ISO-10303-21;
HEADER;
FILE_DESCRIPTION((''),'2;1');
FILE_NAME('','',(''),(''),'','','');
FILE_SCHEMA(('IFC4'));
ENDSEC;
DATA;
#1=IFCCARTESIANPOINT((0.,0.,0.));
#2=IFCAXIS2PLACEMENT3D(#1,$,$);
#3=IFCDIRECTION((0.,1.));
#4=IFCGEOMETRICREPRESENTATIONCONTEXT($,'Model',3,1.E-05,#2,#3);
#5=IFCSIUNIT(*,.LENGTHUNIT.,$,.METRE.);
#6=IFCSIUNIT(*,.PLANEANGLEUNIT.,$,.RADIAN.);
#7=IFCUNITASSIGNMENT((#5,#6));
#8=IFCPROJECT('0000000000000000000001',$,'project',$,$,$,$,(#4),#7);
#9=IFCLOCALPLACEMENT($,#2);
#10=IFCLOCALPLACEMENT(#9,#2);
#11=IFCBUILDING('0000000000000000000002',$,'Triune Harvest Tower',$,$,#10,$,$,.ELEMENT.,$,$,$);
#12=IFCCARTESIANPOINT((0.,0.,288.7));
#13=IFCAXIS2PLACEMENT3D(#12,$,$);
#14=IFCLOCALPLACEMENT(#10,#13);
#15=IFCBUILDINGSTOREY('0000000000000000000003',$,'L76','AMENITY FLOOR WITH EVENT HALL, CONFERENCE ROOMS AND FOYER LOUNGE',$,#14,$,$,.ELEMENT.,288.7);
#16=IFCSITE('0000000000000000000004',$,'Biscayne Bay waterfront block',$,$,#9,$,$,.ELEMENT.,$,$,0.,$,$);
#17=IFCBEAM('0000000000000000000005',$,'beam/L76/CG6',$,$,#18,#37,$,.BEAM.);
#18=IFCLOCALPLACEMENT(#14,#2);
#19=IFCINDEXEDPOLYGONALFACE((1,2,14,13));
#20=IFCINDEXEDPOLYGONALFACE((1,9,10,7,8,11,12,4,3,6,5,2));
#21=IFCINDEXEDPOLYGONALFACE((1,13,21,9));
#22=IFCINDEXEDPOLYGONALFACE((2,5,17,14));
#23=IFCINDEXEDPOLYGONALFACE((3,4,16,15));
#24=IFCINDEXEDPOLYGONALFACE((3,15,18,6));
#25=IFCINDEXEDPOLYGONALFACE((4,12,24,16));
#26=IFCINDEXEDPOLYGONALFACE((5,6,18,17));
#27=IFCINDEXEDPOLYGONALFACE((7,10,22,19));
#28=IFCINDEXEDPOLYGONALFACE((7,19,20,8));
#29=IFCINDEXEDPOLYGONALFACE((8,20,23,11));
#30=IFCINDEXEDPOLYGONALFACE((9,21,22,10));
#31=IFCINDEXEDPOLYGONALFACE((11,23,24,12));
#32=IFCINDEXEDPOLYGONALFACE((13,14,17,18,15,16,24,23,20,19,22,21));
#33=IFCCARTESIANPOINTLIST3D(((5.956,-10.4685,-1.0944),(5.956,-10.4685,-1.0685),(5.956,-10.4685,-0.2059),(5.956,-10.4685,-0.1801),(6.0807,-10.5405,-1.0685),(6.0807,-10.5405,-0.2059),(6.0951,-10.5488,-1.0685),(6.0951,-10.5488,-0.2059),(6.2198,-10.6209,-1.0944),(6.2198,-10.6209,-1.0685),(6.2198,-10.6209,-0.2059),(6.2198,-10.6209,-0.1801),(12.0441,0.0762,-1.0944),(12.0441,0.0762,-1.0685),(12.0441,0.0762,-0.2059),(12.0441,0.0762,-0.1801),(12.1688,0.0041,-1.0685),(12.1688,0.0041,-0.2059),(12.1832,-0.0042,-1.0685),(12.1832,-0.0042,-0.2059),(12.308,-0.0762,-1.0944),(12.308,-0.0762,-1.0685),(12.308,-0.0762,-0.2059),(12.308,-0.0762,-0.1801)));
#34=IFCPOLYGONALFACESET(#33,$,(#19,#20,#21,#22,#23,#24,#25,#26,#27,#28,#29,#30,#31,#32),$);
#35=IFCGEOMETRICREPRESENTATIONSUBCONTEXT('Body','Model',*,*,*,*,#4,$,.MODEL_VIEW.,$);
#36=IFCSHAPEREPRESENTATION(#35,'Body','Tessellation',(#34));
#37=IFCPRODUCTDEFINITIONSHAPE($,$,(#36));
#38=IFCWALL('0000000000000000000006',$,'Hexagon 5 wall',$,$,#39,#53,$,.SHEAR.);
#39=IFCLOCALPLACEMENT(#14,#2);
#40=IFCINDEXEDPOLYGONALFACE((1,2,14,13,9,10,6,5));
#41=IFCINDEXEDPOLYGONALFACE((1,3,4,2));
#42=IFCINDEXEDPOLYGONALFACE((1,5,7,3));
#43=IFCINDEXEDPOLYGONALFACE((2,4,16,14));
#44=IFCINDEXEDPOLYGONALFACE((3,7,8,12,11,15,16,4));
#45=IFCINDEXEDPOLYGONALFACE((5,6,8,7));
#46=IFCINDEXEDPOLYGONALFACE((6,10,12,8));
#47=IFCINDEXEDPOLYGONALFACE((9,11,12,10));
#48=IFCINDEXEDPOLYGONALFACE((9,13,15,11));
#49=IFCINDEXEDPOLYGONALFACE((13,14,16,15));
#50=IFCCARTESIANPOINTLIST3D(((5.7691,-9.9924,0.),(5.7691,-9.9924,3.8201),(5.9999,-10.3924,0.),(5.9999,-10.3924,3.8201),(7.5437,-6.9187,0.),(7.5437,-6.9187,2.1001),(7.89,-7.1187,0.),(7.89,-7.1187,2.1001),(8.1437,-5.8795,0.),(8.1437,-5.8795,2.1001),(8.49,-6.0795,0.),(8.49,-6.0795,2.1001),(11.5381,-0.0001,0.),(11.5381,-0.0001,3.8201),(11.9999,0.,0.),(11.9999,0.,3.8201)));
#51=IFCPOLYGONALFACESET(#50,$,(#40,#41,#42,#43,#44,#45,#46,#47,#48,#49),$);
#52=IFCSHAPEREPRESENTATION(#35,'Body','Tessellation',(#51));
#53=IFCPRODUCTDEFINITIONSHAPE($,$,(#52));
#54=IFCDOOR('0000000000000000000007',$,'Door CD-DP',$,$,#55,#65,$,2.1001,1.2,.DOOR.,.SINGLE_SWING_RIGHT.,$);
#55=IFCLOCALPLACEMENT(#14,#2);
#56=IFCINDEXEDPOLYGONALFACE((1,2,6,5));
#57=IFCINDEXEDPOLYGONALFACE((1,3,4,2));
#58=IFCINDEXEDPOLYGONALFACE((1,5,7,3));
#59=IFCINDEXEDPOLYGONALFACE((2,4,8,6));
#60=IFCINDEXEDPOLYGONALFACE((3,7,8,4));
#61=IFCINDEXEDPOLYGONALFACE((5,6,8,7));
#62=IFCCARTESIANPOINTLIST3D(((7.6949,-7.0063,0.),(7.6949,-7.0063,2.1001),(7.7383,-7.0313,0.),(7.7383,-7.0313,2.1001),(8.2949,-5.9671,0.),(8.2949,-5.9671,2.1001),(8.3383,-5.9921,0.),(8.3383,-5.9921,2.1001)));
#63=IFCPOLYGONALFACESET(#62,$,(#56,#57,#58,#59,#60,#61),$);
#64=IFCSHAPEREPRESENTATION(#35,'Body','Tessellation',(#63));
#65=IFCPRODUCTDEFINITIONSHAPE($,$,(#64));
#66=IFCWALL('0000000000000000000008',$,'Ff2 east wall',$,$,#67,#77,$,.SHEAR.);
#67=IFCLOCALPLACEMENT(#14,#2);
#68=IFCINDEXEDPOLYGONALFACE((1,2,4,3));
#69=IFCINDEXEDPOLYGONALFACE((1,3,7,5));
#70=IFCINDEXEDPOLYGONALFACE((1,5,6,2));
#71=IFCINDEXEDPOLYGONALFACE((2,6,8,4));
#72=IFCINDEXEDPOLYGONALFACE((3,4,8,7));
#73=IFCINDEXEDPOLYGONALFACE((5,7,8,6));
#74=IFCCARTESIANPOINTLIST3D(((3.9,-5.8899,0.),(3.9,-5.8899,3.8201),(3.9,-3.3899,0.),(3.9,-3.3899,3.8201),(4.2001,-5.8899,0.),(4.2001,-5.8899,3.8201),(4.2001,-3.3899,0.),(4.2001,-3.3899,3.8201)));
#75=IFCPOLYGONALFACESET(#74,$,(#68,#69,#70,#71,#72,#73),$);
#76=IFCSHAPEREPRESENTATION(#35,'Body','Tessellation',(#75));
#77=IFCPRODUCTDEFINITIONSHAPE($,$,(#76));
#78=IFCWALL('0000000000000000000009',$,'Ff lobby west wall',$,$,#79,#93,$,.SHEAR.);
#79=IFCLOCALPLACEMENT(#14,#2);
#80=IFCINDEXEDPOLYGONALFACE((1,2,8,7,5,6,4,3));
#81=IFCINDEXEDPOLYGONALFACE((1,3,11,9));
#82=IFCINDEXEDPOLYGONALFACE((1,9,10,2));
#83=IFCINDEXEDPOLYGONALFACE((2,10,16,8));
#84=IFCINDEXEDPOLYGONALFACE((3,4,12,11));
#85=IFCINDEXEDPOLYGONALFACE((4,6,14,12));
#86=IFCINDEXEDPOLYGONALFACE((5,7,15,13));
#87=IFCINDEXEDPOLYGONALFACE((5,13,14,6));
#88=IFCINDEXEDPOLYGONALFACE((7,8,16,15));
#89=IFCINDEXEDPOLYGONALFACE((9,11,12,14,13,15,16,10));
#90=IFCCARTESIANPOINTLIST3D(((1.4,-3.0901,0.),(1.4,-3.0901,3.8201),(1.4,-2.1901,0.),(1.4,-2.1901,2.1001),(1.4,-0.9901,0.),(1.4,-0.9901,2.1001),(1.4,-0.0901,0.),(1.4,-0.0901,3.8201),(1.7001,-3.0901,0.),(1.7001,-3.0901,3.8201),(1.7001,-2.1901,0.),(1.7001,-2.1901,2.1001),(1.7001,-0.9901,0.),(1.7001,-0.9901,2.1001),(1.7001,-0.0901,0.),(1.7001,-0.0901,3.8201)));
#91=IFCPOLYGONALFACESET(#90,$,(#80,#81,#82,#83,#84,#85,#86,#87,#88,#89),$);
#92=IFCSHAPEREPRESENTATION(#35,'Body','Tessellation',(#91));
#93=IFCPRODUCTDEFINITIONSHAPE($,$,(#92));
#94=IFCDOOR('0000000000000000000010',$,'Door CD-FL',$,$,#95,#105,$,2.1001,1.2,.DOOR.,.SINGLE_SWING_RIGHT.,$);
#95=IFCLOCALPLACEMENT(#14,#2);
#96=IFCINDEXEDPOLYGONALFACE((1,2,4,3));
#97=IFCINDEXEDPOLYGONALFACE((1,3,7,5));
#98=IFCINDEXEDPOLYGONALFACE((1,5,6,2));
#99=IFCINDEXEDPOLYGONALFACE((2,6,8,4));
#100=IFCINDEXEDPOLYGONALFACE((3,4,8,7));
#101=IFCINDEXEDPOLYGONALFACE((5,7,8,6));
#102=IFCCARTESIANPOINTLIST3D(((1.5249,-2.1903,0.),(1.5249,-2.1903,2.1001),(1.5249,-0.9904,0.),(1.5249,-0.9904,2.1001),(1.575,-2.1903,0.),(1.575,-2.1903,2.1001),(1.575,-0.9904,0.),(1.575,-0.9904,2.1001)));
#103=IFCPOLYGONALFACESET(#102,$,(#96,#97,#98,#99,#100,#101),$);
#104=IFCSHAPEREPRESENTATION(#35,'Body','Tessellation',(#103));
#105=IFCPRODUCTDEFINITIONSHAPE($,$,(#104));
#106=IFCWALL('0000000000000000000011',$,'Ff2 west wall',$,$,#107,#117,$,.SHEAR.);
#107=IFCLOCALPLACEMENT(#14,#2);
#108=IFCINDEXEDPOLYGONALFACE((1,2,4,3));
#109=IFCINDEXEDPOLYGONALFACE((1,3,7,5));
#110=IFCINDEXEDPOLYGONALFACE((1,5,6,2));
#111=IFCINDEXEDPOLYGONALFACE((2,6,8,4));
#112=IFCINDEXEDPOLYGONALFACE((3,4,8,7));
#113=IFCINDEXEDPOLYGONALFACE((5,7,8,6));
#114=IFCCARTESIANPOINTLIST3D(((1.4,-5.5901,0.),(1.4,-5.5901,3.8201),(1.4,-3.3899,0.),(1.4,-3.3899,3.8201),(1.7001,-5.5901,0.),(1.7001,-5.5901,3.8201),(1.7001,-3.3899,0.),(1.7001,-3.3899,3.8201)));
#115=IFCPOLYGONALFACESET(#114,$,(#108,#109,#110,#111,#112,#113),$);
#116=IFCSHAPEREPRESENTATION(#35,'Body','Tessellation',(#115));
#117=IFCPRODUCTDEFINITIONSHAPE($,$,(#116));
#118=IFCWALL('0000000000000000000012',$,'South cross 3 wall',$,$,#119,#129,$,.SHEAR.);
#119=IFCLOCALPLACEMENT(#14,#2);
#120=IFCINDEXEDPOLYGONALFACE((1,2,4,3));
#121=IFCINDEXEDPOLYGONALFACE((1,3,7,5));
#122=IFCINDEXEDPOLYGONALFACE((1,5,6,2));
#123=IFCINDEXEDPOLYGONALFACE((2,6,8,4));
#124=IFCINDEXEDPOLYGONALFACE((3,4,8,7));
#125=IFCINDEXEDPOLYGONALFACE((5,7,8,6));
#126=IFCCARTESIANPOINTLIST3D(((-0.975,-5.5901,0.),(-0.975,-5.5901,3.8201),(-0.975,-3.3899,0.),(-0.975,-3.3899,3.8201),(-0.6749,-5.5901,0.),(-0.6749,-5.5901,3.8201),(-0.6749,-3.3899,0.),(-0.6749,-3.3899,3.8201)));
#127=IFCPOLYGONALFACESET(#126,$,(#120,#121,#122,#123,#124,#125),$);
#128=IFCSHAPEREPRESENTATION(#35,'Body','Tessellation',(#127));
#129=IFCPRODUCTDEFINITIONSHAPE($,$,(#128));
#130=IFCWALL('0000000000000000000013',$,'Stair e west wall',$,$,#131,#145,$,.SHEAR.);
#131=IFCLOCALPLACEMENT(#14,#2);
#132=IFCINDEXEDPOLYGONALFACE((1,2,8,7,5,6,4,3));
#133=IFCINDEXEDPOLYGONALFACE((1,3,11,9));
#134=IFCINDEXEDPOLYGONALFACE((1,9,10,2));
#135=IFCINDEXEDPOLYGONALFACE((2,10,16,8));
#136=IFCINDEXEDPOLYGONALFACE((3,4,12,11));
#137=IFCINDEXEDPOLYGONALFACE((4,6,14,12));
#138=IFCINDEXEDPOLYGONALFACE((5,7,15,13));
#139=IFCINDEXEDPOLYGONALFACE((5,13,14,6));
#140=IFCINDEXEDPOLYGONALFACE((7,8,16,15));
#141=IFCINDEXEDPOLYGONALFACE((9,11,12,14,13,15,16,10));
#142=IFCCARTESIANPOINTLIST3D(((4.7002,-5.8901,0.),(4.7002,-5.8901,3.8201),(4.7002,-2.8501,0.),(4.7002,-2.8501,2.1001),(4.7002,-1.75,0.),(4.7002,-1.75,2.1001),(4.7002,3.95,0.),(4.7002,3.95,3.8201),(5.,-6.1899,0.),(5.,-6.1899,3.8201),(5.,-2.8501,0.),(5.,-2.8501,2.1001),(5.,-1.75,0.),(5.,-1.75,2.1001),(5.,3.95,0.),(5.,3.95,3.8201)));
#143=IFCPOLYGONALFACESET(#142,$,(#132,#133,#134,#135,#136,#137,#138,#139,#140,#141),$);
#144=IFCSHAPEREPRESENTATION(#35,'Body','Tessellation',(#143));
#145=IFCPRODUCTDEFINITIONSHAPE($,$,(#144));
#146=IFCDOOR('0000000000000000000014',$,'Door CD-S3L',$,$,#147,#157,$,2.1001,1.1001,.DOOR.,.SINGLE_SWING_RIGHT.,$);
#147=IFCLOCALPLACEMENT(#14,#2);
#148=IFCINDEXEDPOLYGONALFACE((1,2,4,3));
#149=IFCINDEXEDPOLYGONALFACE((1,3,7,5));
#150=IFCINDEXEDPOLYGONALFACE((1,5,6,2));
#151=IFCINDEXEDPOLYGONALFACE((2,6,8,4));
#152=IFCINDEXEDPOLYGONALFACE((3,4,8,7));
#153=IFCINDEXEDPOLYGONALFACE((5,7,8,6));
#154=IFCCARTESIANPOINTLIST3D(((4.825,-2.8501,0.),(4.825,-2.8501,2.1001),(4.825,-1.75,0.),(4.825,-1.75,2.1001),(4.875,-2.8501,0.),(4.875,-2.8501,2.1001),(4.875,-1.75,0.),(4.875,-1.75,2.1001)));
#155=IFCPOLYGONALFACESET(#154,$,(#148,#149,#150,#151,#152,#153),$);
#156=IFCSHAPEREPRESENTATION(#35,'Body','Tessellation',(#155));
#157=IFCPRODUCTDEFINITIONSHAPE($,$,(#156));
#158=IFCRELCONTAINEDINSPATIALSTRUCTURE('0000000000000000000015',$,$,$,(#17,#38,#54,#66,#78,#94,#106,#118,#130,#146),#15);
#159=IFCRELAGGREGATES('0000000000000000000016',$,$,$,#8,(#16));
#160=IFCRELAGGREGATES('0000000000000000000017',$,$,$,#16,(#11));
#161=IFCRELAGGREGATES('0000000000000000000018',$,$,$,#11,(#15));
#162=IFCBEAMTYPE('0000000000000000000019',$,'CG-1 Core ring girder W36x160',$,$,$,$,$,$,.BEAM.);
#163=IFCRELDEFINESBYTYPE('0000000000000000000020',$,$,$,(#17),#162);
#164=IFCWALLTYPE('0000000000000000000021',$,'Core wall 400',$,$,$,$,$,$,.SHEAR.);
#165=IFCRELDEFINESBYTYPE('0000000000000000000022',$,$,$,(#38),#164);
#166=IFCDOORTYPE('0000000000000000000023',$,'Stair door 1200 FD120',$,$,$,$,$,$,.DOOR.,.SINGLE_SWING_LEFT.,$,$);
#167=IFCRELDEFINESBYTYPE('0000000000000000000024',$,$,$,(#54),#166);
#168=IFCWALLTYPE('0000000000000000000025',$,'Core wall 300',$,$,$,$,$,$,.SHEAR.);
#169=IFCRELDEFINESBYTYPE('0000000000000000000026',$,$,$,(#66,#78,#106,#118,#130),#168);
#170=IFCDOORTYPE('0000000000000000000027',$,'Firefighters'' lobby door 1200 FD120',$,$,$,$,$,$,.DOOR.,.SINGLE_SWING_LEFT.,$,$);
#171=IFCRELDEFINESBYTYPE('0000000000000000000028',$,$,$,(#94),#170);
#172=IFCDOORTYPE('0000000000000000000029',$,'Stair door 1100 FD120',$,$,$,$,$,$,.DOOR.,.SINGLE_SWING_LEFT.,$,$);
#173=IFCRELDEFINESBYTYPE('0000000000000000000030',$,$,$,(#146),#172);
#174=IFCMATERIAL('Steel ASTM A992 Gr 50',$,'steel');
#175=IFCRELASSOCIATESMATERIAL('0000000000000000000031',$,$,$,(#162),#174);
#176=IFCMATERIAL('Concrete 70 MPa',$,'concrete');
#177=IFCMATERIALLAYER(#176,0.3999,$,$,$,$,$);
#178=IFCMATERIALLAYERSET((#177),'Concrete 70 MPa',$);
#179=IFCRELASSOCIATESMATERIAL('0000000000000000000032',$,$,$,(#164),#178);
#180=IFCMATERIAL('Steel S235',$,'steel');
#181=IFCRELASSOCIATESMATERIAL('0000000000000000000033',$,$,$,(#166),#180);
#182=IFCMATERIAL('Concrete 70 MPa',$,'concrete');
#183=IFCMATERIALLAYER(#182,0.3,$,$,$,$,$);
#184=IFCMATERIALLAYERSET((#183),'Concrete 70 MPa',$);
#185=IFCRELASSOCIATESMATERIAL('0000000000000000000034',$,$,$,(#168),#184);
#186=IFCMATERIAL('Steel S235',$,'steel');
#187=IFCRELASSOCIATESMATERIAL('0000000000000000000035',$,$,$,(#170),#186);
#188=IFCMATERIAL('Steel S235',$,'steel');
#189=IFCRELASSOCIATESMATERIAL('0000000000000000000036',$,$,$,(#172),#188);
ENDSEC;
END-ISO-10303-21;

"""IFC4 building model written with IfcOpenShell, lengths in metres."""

from ifc_helpers import new_model, si_unit, direction, frame, frame_2d, origin, origin_2d, place, context, subcontext, project, spatial, polyline, rectangle, i_section, outline, extrude, source, transform, mapped, material, layer, layer_set, material_profile, profile_set, type_object, element, fill, save


model = new_model("IFC4")

# Units and contexts
model_context = context("Model", 3, precision=1e-05, world=origin(), true_north=direction((0.0, 1.0)))
body_context = subcontext(model_context, "Body", "Model", "MODEL_VIEW")
ifc_project = project(units=[si_unit("LENGTHUNIT", "METRE"), si_unit("PLANEANGLEUNIT", "RADIAN")], contexts=[model_context])

# Site, building, storey
site_placement = place(None, origin())
site = spatial("IfcSite", under=ifc_project, at=site_placement, Name="Biscayne Bay waterfront block", CompositionType="ELEMENT", RefElevation=0.0)
building_placement = place(site_placement, origin())
building = spatial("IfcBuilding", under=site, at=building_placement, Name="Triune Harvest Tower", CompositionType="ELEMENT")
storey_placement = place(building_placement, frame((0.0, 0.0, 288.7)))
storey = spatial("IfcBuildingStorey", under=building, at=storey_placement, Name="L76", Description="AMENITY FLOOR WITH EVENT HALL, CONFERENCE ROOMS AND FOYER LOUNGE", CompositionType="ELEMENT", Elevation=288.7)

# Beam
ifc_material_1 = material(Name="Steel ASTM A992 Gr 50", Category="steel")
ifc_material_profile = material_profile(ifc_material_1, i_section(OverallWidth=0.3047, OverallDepth=0.9143, WebThickness=0.0166, FlangeThickness=0.0259, at=origin_2d()), Name="W36x160")
ifc_profile_set = profile_set([ifc_material_profile], Name="Steel ASTM A992 Gr 50")
beam_type = type_object("IfcBeamType", Name="CG-1 Core ring girder W36x160", PredefinedType="BEAM", material=ifc_profile_set)
shared_shape_1 = source(origin(), body_context, "Body", "SweptSolid", [
    extrude(i_section(OverallWidth=0.3047, OverallDepth=0.9143, WebThickness=0.0166, FlangeThickness=0.0259, at=origin_2d()), origin(), (0.0, 0.0, 1.0), 12.176),
])
beam_placement = place(storey_placement, frame((6.0879, -10.5447, -0.6372), z_axis=(0.50001, 0.86602, 0.0), x_axis=(-0.86602, 0.50001, 0.0)))
element("IfcBeam", 1, at=beam_placement, inside=storey, type_object=beam_type, Name="beam/L76/CG6", PredefinedType="BEAM", context=body_context, shape_type="MappedRepresentation", body=[
    mapped(shared_shape_1, transform((0.0, 0.0, 0.0), scale=1.0)),
])

# Wall, opening, door
ifc_material_2 = material(Name="Concrete 70 MPa", Category="concrete")
ifc_layer_1 = layer(ifc_material_2, 0.3999)
ifc_layer_set_1 = layer_set([ifc_layer_1], Name="Concrete 70 MPa")
wall_type_1 = type_object("IfcWallType", Name="Core wall 400", PredefinedType="SHEAR", material=ifc_layer_set_1)
shared_shape_2 = source(origin(), body_context, "Body", "SweptSolid", [
    extrude(outline(polyline([(-0.1155, -0.2), (11.8845, -0.2), (11.6536, 0.2), (0.1155, 0.2), (-0.1155, -0.2)])), origin(), (0.0, 0.0, 1.0), 3.8201),
])
wall_1_placement = place(storey_placement, frame((5.8845, -10.1924, 0.0), z_axis=(0.0, 0.0, 1.0), x_axis=(0.499997, 0.866027, 0.0)))
wall_1 = element("IfcWall", 2, at=wall_1_placement, inside=storey, type_object=wall_type_1, Name="Hexagon 5 wall", PredefinedType="SHEAR", context=body_context, shape_type="MappedRepresentation", body=[
    mapped(shared_shape_2, transform((0.0, 0.0, 0.0), scale=1.0)),
])
opening_1_placement = place(wall_1_placement, frame((3.6646, 0.0, 0.0)))
opening_1 = element("IfcOpeningElement", 3, at=opening_1_placement, cuts=wall_1, PredefinedType="OPENING", context=body_context, shape_type="SweptSolid", body=[
    extrude(rectangle(XDim=1.2, YDim=2.1001, at=frame_2d((0.6001, 1.05))), frame((0.0, 0.21, 0.0), z_axis=(0.0, -1.0, 0.0), x_axis=(1.0, 0.0, 0.0)), (0.0, 0.0, 1.0), 0.4199),
])
ifc_material_3 = material(Name="Steel S235", Category="steel")
door_type_1 = type_object("IfcDoorType", Name="Stair door 1200 FD120", OperationType="SINGLE_SWING_LEFT", PredefinedType="DOOR", material=ifc_material_3)
door_1_placement = place(opening_1_placement, frame((1.2, 0.0, 0.0), z_axis=(0.0, 0.0, 1.0), x_axis=(-1.0, 0.0, 0.0)))
door_1 = element("IfcDoor", 4, at=door_1_placement, inside=storey, type_object=door_type_1, Name="Door CD-DP", OperationType="SINGLE_SWING_RIGHT", OverallHeight=2.1001, OverallWidth=1.2, PredefinedType="DOOR", context=body_context, shape_type="SweptSolid", body=[
    extrude(rectangle(XDim=1.2, YDim=2.1001, at=frame_2d((0.6001, 1.05))), frame((0.0, 0.0249, 0.0), z_axis=(0.0, -1.0, 0.0), x_axis=(1.0, 0.0, 0.0)), (0.0, 0.0, 1.0), 0.05),
])
fill(opening_1, door_1)

# Wall
ifc_material_4 = material(Name="Concrete 70 MPa", Category="concrete")
ifc_layer_2 = layer(ifc_material_4, 0.3)
ifc_layer_set_2 = layer_set([ifc_layer_2], Name="Concrete 70 MPa")
wall_type_2 = type_object("IfcWallType", Name="Core wall 300", PredefinedType="SHEAR", material=ifc_layer_set_2)
shared_shape_3 = source(origin(), body_context, "Body", "SweptSolid", [
    extrude(rectangle(XDim=2.5, YDim=0.3, at=frame_2d((1.25, 0.0))), origin(), (0.0, 0.0, 1.0), 3.8201),
])
wall_2_placement = place(storey_placement, frame((4.05, -5.8899, 0.0), z_axis=(0.0, 0.0, 1.0), x_axis=(0.0, 1.0, 0.0)))
element("IfcWall", 5, at=wall_2_placement, inside=storey, type_object=wall_type_2, Name="Ff2 east wall", PredefinedType="SHEAR", context=body_context, shape_type="MappedRepresentation", body=[
    mapped(shared_shape_3, transform((0.0, 0.0, 0.0), scale=1.0)),
])

# Wall, opening, door
shared_shape_4 = source(origin(), body_context, "Body", "SweptSolid", [
    extrude(rectangle(XDim=3.0, YDim=0.3, at=frame_2d((1.5, 0.0))), origin(), (0.0, 0.0, 1.0), 3.8201),
])
wall_3_placement = place(storey_placement, frame((1.55, -3.0901, 0.0), z_axis=(0.0, 0.0, 1.0), x_axis=(0.0, 1.0, 0.0)))
wall_3 = element("IfcWall", 6, at=wall_3_placement, inside=storey, type_object=wall_type_2, Name="Ff lobby west wall", PredefinedType="SHEAR", context=body_context, shape_type="MappedRepresentation", body=[
    mapped(shared_shape_4, transform((0.0, 0.0, 0.0), scale=1.0)),
])
opening_2_placement = place(wall_3_placement, frame((0.8999, 0.0, 0.0)))
opening_2 = element("IfcOpeningElement", 7, at=opening_2_placement, cuts=wall_3, PredefinedType="OPENING", context=body_context, shape_type="SweptSolid", body=[
    extrude(rectangle(XDim=1.2, YDim=2.1001, at=frame_2d((0.6001, 1.05))), frame((0.0, 0.1602, 0.0), z_axis=(0.0, -1.0, 0.0), x_axis=(1.0, 0.0, 0.0)), (0.0, 0.0, 1.0), 0.3201),
])
ifc_material_5 = material(Name="Steel S235", Category="steel")
door_type_2 = type_object("IfcDoorType", Name="Firefighters' lobby door 1200 FD120", OperationType="SINGLE_SWING_LEFT", PredefinedType="DOOR", material=ifc_material_5)
door_2_placement = place(opening_2_placement, frame((1.2, 0.0, 0.0), z_axis=(0.0, 0.0, 1.0), x_axis=(-1.0, 0.0, 0.0)))
door_2 = element("IfcDoor", 8, at=door_2_placement, inside=storey, type_object=door_type_2, Name="Door CD-FL", OperationType="SINGLE_SWING_RIGHT", OverallHeight=2.1001, OverallWidth=1.2, PredefinedType="DOOR", context=body_context, shape_type="SweptSolid", body=[
    extrude(rectangle(XDim=1.2, YDim=2.1001, at=frame_2d((0.6001, 1.05))), frame((0.0, 0.0249, 0.0), z_axis=(0.0, -1.0, 0.0), x_axis=(1.0, 0.0, 0.0)), (0.0, 0.0, 1.0), 0.05),
])
fill(opening_2, door_2)

# Walls
shared_shape_5 = source(origin(), body_context, "Body", "SweptSolid", [
    extrude(rectangle(XDim=2.2002, YDim=0.3, at=frame_2d((1.1001, 0.0))), origin(), (0.0, 0.0, 1.0), 3.8201),
])
for number, where, z_axis, x_axis, name in (
    (9, (1.55, -5.5901, 0.0), (0.0, 0.0, 1.0), (0.0, 1.0, 0.0), "Ff2 west wall"),
    (10, (-0.825, -5.5901, 0.0), (0.0, 0.0, 1.0), (0.0, 1.0, 0.0), "South cross 3 wall"),
):
    element("IfcWall", number, at=place(storey_placement, frame(where, z_axis=z_axis, x_axis=x_axis)), inside=storey, type_object=wall_type_2, Name=name, PredefinedType="SHEAR", context=body_context, shape_type="MappedRepresentation", body=[
        mapped(shared_shape_5, transform((0.0, 0.0, 0.0), scale=1.0)),
    ])

# Wall, opening, door
shared_shape_6 = source(origin(), body_context, "Body", "SweptSolid", [
    extrude(outline(polyline([(-0.1499, -0.1499), (9.99, -0.1499), (9.99, 0.1499), (0.1499, 0.1499), (-0.1499, -0.1499)])), origin(), (0.0, 0.0, 1.0), 3.8201),
])
wall_4_placement = place(storey_placement, frame((4.8501, -6.04, 0.0), z_axis=(0.0, 0.0, 1.0), x_axis=(0.0, 1.0, 0.0)))
wall_4 = element("IfcWall", 11, at=wall_4_placement, inside=storey, type_object=wall_type_2, Name="Stair e west wall", PredefinedType="SHEAR", context=body_context, shape_type="MappedRepresentation", body=[
    mapped(shared_shape_6, transform((0.0, 0.0, 0.0), scale=1.0)),
])
opening_3_placement = place(wall_4_placement, frame((3.1899, 0.0, 0.0)))
opening_3 = element("IfcOpeningElement", 12, at=opening_3_placement, cuts=wall_4, PredefinedType="OPENING", context=body_context, shape_type="SweptSolid", body=[
    extrude(rectangle(XDim=1.1001, YDim=2.1001, at=frame_2d((0.55, 1.05))), frame((0.0, 0.1602, 0.0), z_axis=(0.0, -1.0, 0.0), x_axis=(1.0, 0.0, 0.0)), (0.0, 0.0, 1.0), 0.3201),
])
ifc_material_6 = material(Name="Steel S235", Category="steel")
door_type_3 = type_object("IfcDoorType", Name="Stair door 1100 FD120", OperationType="SINGLE_SWING_LEFT", PredefinedType="DOOR", material=ifc_material_6)
door_3_placement = place(opening_3_placement, frame((1.1001, 0.0, 0.0), z_axis=(0.0, 0.0, 1.0), x_axis=(-1.0, 0.0, 0.0)))
door_3 = element("IfcDoor", 13, at=door_3_placement, inside=storey, type_object=door_type_3, Name="Door CD-S3L", OperationType="SINGLE_SWING_RIGHT", OverallHeight=2.1001, OverallWidth=1.1001, PredefinedType="DOOR", context=body_context, shape_type="SweptSolid", body=[
    extrude(rectangle(XDim=1.1001, YDim=2.1001, at=frame_2d((0.55, 1.05))), frame((0.0, 0.0249, 0.0), z_axis=(0.0, -1.0, 0.0), x_axis=(1.0, 0.0, 0.0)), (0.0, 0.0, 1.0), 0.05),
])
fill(opening_3, door_3)

save(model, "model.ifc")
